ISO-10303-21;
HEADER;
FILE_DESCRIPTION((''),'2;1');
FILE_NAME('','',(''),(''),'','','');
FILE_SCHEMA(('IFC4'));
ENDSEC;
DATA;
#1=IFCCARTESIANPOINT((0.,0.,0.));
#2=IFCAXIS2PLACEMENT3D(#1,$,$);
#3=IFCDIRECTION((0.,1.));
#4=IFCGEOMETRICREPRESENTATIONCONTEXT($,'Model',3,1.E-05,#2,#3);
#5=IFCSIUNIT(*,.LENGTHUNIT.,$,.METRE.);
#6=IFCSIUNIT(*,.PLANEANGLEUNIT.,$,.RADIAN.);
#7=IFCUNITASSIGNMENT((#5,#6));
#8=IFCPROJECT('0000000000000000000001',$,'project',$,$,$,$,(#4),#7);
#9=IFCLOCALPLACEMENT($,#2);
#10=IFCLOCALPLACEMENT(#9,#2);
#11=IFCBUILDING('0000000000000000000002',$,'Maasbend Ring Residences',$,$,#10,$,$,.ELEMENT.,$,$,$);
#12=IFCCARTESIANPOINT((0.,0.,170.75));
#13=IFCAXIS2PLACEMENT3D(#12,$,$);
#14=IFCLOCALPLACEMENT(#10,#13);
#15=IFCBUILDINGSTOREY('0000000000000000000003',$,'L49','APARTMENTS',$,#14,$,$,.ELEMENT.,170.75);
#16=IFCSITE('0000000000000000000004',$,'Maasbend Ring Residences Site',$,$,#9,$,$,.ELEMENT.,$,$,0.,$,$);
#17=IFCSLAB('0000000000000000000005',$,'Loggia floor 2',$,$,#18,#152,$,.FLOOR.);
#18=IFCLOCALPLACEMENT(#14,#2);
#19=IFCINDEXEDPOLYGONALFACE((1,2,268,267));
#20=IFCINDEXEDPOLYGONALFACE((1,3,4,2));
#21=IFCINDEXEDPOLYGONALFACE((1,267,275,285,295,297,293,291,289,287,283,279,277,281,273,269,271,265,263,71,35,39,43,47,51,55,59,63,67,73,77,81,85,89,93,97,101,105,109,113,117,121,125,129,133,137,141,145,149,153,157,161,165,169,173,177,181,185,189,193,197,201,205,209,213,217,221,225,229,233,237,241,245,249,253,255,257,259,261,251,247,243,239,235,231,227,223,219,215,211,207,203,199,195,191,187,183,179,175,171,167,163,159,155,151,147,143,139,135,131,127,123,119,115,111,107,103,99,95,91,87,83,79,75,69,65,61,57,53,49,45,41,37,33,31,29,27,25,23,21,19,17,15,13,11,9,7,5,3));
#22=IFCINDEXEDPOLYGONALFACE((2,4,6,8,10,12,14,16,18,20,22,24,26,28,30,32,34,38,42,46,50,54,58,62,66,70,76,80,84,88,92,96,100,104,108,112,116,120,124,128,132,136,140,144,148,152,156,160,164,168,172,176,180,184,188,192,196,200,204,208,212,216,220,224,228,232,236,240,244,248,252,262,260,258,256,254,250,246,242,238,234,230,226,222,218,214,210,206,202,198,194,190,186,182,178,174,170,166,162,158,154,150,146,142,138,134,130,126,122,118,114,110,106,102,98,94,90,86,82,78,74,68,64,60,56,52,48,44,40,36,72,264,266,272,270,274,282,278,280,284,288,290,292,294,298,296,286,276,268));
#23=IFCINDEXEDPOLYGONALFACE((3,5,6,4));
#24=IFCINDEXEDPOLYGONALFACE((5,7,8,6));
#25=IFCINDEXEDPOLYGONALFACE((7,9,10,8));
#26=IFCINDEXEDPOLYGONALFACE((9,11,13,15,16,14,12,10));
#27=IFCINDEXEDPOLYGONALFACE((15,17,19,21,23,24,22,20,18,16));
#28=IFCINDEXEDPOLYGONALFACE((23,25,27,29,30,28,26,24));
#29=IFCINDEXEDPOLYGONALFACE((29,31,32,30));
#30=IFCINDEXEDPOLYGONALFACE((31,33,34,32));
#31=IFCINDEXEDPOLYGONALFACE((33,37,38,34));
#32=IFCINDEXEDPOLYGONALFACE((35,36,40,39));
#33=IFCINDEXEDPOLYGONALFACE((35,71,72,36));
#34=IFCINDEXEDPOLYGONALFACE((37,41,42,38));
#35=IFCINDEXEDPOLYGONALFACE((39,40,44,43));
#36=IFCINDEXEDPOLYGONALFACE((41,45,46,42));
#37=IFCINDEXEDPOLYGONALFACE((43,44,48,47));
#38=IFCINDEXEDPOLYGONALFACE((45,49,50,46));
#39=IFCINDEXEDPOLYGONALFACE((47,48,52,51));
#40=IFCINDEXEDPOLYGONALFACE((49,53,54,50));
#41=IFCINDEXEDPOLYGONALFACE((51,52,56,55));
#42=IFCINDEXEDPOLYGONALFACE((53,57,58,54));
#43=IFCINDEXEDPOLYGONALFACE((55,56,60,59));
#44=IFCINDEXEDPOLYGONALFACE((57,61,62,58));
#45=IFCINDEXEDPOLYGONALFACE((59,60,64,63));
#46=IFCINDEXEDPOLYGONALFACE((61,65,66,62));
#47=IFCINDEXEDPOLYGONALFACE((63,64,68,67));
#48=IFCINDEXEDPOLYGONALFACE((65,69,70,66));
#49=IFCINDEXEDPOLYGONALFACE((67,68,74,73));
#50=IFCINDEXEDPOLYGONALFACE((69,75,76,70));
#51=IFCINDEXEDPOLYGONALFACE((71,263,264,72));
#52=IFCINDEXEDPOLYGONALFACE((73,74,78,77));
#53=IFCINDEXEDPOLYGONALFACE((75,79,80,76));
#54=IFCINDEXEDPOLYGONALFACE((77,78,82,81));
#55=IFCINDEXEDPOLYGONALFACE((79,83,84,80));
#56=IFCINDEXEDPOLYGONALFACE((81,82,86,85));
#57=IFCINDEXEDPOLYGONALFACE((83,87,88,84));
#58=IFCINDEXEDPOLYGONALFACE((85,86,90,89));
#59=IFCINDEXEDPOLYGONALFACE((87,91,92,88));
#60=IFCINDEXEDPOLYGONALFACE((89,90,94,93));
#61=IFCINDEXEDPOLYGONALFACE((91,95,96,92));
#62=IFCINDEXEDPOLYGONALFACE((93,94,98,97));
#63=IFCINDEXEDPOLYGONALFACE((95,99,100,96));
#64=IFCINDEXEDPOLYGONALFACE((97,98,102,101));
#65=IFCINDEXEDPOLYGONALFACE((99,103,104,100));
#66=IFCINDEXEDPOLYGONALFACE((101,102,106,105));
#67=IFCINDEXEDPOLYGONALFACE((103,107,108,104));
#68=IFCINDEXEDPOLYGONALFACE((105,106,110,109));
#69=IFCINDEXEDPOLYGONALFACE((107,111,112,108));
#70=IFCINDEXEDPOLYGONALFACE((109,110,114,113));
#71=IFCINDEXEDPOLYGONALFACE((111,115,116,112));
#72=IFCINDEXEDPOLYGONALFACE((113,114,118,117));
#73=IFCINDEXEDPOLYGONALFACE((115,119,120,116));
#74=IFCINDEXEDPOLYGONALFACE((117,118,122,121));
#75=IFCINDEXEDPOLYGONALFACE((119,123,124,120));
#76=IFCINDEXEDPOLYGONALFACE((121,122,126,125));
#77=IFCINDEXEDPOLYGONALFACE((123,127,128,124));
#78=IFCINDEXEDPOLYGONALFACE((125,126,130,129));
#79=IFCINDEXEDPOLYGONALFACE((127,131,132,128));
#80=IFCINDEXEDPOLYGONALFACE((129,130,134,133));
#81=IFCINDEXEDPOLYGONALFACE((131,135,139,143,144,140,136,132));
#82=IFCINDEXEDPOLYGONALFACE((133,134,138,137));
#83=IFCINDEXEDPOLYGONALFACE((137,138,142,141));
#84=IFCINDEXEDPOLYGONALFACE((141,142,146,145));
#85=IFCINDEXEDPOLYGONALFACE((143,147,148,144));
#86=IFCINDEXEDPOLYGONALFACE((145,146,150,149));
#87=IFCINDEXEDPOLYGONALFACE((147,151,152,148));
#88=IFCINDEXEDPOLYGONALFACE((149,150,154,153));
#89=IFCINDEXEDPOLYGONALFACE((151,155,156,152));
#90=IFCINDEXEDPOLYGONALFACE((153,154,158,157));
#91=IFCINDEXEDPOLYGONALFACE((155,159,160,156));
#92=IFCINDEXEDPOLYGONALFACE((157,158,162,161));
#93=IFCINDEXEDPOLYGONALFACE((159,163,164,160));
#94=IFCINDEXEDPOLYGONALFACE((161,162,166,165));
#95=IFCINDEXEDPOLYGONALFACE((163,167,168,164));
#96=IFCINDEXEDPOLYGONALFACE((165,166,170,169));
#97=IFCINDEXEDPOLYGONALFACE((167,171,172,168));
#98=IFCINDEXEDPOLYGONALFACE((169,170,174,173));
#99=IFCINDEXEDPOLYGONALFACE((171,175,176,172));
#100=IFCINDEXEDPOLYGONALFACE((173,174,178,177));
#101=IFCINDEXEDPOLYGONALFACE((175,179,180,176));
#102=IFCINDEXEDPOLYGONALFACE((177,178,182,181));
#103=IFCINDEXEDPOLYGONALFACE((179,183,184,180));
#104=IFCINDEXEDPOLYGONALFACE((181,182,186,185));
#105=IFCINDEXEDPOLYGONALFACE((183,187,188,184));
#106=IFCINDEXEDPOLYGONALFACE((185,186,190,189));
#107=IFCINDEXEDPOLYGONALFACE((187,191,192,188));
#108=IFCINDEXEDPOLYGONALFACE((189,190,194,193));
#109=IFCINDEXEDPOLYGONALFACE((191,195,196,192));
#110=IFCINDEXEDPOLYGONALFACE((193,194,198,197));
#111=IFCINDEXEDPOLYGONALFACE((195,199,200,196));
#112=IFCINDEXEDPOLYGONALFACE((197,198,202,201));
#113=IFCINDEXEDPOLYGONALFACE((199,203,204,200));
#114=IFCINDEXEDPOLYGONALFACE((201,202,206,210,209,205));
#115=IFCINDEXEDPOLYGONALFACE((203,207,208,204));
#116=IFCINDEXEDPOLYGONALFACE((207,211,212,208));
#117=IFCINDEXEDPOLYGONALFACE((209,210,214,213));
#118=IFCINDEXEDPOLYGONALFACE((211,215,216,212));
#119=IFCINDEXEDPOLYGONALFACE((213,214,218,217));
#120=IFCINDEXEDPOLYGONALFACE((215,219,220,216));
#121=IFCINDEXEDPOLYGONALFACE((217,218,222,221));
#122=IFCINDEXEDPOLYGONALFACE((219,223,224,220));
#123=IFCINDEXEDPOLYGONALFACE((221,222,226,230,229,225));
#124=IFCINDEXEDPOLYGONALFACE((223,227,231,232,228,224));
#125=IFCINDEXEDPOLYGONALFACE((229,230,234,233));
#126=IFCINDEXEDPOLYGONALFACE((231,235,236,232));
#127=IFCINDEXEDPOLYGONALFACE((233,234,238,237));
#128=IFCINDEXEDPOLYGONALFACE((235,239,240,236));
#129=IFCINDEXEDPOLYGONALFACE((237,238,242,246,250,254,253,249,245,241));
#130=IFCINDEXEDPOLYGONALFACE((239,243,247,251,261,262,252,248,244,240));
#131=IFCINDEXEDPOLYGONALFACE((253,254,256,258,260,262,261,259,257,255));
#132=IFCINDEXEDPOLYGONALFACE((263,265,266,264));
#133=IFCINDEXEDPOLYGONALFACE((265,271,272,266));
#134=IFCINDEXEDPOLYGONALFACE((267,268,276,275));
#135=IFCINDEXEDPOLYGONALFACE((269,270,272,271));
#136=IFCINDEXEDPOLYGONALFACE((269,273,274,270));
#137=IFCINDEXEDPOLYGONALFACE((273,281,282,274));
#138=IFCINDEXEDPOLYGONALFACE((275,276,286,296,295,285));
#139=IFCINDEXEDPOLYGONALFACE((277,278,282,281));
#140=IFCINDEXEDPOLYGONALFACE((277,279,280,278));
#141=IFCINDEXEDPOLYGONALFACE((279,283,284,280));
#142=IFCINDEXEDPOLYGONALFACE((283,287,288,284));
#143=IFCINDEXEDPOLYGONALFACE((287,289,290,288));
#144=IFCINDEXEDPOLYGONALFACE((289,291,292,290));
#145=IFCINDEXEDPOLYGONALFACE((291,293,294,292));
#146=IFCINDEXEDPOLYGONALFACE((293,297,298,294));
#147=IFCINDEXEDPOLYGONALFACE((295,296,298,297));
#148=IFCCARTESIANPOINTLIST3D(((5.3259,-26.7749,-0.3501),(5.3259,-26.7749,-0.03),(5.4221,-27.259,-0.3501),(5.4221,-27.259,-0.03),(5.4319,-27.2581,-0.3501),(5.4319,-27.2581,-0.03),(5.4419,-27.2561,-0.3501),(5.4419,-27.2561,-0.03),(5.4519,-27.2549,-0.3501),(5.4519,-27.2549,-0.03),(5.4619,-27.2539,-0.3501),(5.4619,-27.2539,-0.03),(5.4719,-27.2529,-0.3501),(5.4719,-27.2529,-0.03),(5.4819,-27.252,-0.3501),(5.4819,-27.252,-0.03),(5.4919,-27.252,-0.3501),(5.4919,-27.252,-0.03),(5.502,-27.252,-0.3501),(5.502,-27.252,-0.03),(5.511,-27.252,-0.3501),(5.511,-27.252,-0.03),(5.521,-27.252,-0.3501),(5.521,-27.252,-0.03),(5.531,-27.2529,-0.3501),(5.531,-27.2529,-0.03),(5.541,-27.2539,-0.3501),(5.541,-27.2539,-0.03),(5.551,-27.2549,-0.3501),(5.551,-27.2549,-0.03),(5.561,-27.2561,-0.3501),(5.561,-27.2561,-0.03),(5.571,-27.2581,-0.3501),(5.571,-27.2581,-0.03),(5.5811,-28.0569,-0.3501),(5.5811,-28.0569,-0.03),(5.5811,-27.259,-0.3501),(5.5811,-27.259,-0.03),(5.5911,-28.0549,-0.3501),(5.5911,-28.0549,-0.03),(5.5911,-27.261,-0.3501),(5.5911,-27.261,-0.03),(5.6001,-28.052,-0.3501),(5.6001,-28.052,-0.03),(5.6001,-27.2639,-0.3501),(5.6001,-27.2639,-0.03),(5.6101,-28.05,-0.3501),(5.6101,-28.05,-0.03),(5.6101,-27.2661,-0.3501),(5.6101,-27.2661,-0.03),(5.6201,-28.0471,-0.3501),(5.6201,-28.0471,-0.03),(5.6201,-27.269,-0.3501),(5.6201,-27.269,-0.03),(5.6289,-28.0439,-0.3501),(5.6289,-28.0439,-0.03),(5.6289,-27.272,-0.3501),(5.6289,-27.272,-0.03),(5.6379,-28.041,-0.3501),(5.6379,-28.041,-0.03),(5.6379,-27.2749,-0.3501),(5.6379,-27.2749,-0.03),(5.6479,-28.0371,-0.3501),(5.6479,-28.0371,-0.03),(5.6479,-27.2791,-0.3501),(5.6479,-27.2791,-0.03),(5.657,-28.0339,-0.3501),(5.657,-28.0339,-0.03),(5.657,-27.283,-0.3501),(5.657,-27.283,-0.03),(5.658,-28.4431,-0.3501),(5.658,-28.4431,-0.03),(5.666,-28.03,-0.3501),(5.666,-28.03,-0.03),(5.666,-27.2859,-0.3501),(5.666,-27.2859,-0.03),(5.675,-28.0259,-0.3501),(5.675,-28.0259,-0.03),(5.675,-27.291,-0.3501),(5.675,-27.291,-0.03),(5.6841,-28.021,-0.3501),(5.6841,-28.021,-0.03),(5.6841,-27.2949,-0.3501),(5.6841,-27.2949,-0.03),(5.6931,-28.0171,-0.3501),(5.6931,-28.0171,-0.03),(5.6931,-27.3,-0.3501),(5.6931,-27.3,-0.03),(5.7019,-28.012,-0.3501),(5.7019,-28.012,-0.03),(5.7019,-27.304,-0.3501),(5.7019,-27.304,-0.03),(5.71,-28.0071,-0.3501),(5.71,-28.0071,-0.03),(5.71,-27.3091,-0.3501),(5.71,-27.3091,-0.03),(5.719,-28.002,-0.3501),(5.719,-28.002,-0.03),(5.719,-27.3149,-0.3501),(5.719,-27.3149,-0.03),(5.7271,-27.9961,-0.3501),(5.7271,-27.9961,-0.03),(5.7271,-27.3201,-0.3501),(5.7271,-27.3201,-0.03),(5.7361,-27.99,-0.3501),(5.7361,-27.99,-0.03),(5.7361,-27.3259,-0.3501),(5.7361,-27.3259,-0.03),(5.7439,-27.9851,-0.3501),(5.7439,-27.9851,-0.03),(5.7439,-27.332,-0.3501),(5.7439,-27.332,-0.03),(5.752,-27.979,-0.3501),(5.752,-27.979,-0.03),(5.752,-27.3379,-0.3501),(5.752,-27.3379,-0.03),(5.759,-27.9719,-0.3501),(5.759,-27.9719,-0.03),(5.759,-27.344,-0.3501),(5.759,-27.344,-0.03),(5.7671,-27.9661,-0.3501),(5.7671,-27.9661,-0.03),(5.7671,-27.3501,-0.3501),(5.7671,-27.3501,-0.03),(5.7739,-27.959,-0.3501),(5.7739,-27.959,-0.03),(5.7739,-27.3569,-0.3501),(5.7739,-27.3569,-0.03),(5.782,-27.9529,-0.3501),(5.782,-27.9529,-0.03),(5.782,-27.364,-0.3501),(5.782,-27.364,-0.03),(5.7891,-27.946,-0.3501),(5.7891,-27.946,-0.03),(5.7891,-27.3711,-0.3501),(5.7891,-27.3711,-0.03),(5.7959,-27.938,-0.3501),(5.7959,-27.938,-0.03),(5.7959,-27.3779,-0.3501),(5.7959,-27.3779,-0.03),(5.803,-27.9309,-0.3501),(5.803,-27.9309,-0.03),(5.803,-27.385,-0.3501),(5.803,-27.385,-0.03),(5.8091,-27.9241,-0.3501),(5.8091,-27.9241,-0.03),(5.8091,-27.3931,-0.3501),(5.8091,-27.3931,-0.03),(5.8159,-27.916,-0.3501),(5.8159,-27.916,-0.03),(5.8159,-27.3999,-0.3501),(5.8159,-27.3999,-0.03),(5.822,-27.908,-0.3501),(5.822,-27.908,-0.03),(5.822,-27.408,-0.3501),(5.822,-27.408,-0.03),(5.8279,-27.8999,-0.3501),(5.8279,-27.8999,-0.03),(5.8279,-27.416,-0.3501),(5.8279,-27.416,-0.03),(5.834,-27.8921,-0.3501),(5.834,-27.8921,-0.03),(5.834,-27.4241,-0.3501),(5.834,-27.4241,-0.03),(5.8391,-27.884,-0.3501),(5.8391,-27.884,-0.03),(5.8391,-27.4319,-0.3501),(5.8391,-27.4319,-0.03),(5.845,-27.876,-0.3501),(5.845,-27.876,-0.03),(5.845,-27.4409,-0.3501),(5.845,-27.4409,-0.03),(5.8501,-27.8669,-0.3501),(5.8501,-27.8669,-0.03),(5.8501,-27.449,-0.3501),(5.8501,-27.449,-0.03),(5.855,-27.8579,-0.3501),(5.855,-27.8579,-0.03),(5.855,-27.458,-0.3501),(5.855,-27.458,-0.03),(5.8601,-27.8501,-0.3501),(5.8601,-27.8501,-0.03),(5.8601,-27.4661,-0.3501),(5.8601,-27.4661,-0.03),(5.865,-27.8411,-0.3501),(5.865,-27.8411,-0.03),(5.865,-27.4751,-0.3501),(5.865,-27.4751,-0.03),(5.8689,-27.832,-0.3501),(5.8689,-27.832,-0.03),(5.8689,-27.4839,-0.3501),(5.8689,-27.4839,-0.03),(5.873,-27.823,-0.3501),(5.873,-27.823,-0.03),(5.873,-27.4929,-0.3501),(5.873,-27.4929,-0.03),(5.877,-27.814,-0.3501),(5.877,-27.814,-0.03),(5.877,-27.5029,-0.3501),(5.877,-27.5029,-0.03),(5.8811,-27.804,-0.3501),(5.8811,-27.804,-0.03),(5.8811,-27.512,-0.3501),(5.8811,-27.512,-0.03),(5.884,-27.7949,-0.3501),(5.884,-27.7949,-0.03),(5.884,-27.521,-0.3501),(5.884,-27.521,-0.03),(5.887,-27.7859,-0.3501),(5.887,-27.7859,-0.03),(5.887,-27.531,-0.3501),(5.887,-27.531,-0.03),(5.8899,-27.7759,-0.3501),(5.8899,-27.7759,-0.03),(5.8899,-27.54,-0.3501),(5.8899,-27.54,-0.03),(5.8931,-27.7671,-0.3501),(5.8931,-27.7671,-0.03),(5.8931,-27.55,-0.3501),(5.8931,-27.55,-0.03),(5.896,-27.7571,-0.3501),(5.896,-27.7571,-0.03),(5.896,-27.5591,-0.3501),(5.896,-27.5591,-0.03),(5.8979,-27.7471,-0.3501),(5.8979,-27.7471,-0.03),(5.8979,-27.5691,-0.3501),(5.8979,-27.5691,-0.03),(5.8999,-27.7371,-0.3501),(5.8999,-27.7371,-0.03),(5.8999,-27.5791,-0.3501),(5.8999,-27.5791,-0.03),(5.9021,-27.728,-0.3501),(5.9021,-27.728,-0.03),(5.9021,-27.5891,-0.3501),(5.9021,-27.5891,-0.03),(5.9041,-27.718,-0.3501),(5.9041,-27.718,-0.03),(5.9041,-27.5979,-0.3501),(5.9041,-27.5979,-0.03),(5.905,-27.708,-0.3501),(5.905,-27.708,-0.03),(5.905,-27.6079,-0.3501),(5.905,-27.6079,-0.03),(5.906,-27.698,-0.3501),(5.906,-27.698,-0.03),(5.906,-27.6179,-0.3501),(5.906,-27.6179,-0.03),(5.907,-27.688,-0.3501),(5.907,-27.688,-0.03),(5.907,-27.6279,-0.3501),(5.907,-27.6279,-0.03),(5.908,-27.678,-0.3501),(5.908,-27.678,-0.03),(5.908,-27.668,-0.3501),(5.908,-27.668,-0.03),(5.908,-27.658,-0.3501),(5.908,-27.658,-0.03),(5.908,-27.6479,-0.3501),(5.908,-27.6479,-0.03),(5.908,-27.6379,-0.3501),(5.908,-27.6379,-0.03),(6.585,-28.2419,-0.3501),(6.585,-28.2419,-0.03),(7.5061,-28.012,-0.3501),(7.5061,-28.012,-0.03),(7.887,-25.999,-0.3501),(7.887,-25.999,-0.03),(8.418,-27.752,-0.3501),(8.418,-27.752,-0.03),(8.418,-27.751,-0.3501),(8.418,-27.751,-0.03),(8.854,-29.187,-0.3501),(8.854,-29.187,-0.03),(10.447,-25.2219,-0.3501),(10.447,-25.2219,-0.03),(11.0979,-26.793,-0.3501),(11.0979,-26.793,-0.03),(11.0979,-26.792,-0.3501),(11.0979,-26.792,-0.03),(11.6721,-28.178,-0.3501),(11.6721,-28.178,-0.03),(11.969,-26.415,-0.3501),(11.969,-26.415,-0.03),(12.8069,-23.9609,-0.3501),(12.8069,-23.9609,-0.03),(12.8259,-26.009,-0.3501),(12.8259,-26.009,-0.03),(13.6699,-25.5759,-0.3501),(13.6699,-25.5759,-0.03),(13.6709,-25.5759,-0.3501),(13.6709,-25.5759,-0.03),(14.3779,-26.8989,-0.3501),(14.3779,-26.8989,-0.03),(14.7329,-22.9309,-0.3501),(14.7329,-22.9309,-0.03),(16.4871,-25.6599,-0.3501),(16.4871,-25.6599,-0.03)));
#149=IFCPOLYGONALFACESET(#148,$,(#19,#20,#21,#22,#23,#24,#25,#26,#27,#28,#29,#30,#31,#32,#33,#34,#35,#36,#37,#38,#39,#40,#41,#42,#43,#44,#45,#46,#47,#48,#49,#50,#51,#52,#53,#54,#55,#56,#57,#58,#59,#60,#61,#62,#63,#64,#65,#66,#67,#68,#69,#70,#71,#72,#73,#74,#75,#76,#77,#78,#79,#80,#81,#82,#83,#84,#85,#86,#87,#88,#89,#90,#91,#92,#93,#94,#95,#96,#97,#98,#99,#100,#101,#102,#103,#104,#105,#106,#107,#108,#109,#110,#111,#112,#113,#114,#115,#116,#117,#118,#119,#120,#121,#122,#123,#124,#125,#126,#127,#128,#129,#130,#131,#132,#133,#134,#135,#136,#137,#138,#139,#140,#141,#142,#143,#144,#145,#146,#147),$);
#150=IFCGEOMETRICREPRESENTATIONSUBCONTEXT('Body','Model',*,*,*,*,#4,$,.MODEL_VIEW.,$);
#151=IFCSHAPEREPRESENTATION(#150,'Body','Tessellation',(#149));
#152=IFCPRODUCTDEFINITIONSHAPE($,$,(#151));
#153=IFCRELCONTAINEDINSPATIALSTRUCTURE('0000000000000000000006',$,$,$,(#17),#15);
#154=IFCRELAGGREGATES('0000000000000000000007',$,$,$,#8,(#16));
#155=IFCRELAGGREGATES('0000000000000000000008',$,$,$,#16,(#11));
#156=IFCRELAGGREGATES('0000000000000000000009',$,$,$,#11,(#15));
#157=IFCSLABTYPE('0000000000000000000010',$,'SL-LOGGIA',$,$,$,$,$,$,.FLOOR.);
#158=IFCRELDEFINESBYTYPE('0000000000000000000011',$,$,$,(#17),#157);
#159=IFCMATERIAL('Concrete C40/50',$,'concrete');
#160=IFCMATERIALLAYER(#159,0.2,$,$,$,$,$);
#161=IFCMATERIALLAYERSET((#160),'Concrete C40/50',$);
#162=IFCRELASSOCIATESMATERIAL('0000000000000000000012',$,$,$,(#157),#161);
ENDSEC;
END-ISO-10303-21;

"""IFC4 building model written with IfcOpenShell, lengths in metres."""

from ifc_helpers import new_model, si_unit, direction, frame, origin, place, context, subcontext, project, spatial, polyline, outline, extrude, material, layer, layer_set, type_object, element, save


model = new_model("IFC4")

# Units and contexts
model_context = context("Model", 3, precision=1e-05, world=origin(), true_north=direction((0.0, 1.0)))
body_context = subcontext(model_context, "Body", "Model", "MODEL_VIEW")
ifc_project = project(units=[si_unit("LENGTHUNIT", "METRE"), si_unit("PLANEANGLEUNIT", "RADIAN")], contexts=[model_context])

# Site, building, storey
site_placement = place(None, origin())
site = spatial("IfcSite", under=ifc_project, at=site_placement, Name="Maasbend Ring Residences Site", CompositionType="ELEMENT", RefElevation=0.0)
building_placement = place(site_placement, origin())
building = spatial("IfcBuilding", under=site, at=building_placement, Name="Maasbend Ring Residences", CompositionType="ELEMENT")
storey_placement = place(building_placement, frame((0.0, 0.0, 170.75)))
storey = spatial("IfcBuildingStorey", under=building, at=storey_placement, Name="L49", Description="APARTMENTS", CompositionType="ELEMENT", Elevation=170.75)

# Slab
ifc_material_1 = material(Name="Concrete C40/50", Category="concrete")
ifc_layer_1 = layer(ifc_material_1, 0.2)
ifc_layer_set_1 = layer_set([ifc_layer_1], Name="Concrete C40/50")
slab_type = type_object("IfcSlabType", Name="SL-LOGGIA", PredefinedType="FLOOR", material=ifc_layer_set_1)
slab_1_placement = place(storey_placement, frame((0.0, 0.0, -0.3501)))
element("IfcSlab", 1, at=slab_1_placement, inside=storey, type_object=slab_type, Name="Loggia floor 2", PredefinedType="FLOOR", context=body_context, shape_type="SweptSolid", body=[
    extrude(outline(polyline([(10.447, -25.2219), (12.8069, -23.9609), (14.7329, -22.9309), (14.7329, -22.9309), (14.7329, -22.9309), (16.4871, -25.6599), (16.4871, -25.6599), (16.4871, -25.6599), (14.3779, -26.8989), (14.3779, -26.8989), (14.3779, -26.8989), (13.6709, -25.5759), (13.6709, -25.5759), (13.6709, -25.5759), (13.6709, -25.5759), (13.6709, -25.5759), (13.6709, -25.5759), (13.6709, -25.5759), (13.6699, -25.5759), (13.6699, -25.5759), (13.6699, -25.5759), (13.6699, -25.5759), (13.6699, -25.5759), (13.6699, -25.5759), (13.6699, -25.5759), (13.6699, -25.5759), (13.6699, -25.5759), (13.6699, -25.5759), (12.8259, -26.009), (12.8259, -26.009), (11.969, -26.415), (11.969, -26.415), (11.0979, -26.792), (11.0979, -26.792), (11.0979, -26.792), (11.0979, -26.792), (11.0979, -26.792), (11.0979, -26.792), (11.0979, -26.792), (11.0979, -26.793), (11.0979, -26.793), (11.0979, -26.793), (11.0979, -26.793), (11.0979, -26.793), (11.0979, -26.793), (11.0979, -26.793), (11.0979, -26.793), (11.0979, -26.793), (11.0979, -26.793), (11.6721, -28.178), (11.6721, -28.178), (11.6721, -28.178), (8.854, -29.187), (8.854, -29.187), (8.854, -29.187), (8.418, -27.752), (8.418, -27.752), (8.418, -27.752), (8.418, -27.752), (8.418, -27.752), (8.418, -27.752), (8.418, -27.752), (8.418, -27.751), (8.418, -27.751), (8.418, -27.751), (8.418, -27.751), (8.418, -27.751), (8.418, -27.751), (8.418, -27.751), (8.418, -27.751), (8.418, -27.751), (8.418, -27.751), (7.5061, -28.012), (7.5061, -28.012), (6.585, -28.2419), (6.585, -28.2419), (5.658, -28.4431), (5.658, -28.4431), (5.658, -28.4431), (5.5811, -28.0569), (5.5911, -28.0549), (5.6001, -28.052), (5.6101, -28.05), (5.6201, -28.0471), (5.6289, -28.0439), (5.6379, -28.041), (5.6479, -28.0371), (5.657, -28.0339), (5.666, -28.03), (5.675, -28.0259), (5.6841, -28.021), (5.6931, -28.0171), (5.7019, -28.012), (5.71, -28.0071), (5.719, -28.002), (5.7271, -27.9961), (5.7361, -27.99), (5.7439, -27.9851), (5.752, -27.979), (5.759, -27.9719), (5.7671, -27.9661), (5.7739, -27.959), (5.782, -27.9529), (5.7891, -27.946), (5.7959, -27.938), (5.803, -27.9309), (5.8091, -27.9241), (5.8159, -27.916), (5.822, -27.908), (5.8279, -27.8999), (5.834, -27.8921), (5.8391, -27.884), (5.845, -27.876), (5.8501, -27.8669), (5.855, -27.8579), (5.8601, -27.8501), (5.865, -27.8411), (5.8689, -27.832), (5.873, -27.823), (5.877, -27.814), (5.8811, -27.804), (5.884, -27.7949), (5.887, -27.7859), (5.8899, -27.7759), (5.8931, -27.7671), (5.896, -27.7571), (5.8979, -27.7471), (5.8999, -27.7371), (5.9021, -27.728), (5.9041, -27.718), (5.905, -27.708), (5.906, -27.698), (5.907, -27.688), (5.908, -27.678), (5.908, -27.668), (5.908, -27.658), (5.908, -27.6479), (5.908, -27.6379), (5.907, -27.6279), (5.906, -27.6179), (5.905, -27.6079), (5.9041, -27.5979), (5.9021, -27.5891), (5.8999, -27.5791), (5.8979, -27.5691), (5.896, -27.5591), (5.8931, -27.55), (5.8899, -27.54), (5.887, -27.531), (5.884, -27.521), (5.8811, -27.512), (5.877, -27.5029), (5.873, -27.4929), (5.8689, -27.4839), (5.865, -27.4751), (5.8601, -27.4661), (5.855, -27.458), (5.8501, -27.449), (5.845, -27.4409), (5.8391, -27.4319), (5.834, -27.4241), (5.8279, -27.416), (5.822, -27.408), (5.8159, -27.3999), (5.8091, -27.3931), (5.803, -27.385), (5.7959, -27.3779), (5.7891, -27.3711), (5.782, -27.364), (5.7739, -27.3569), (5.7671, -27.3501), (5.759, -27.344), (5.752, -27.3379), (5.7439, -27.332), (5.7361, -27.3259), (5.7271, -27.3201), (5.719, -27.3149), (5.71, -27.3091), (5.7019, -27.304), (5.6931, -27.3), (5.6841, -27.2949), (5.675, -27.291), (5.666, -27.2859), (5.657, -27.283), (5.6479, -27.2791), (5.6379, -27.2749), (5.6289, -27.272), (5.6201, -27.269), (5.6101, -27.2661), (5.6001, -27.2639), (5.5911, -27.261), (5.5811, -27.259), (5.571, -27.2581), (5.561, -27.2561), (5.551, -27.2549), (5.541, -27.2539), (5.531, -27.2529), (5.521, -27.252), (5.511, -27.252), (5.502, -27.252), (5.4919, -27.252), (5.4819, -27.252), (5.4719, -27.2529), (5.4619, -27.2539), (5.4519, -27.2549), (5.4419, -27.2561), (5.4319, -27.2581), (5.4221, -27.259), (5.3259, -26.7749), (5.3259, -26.7749), (5.3259, -26.7749), (7.887, -25.999), (10.447, -25.2219), (10.447, -25.2219), (10.447, -25.2219)])), origin(), (0.0, 0.0, 1.0), 0.3201),
])

save(model, "model.ifc")
